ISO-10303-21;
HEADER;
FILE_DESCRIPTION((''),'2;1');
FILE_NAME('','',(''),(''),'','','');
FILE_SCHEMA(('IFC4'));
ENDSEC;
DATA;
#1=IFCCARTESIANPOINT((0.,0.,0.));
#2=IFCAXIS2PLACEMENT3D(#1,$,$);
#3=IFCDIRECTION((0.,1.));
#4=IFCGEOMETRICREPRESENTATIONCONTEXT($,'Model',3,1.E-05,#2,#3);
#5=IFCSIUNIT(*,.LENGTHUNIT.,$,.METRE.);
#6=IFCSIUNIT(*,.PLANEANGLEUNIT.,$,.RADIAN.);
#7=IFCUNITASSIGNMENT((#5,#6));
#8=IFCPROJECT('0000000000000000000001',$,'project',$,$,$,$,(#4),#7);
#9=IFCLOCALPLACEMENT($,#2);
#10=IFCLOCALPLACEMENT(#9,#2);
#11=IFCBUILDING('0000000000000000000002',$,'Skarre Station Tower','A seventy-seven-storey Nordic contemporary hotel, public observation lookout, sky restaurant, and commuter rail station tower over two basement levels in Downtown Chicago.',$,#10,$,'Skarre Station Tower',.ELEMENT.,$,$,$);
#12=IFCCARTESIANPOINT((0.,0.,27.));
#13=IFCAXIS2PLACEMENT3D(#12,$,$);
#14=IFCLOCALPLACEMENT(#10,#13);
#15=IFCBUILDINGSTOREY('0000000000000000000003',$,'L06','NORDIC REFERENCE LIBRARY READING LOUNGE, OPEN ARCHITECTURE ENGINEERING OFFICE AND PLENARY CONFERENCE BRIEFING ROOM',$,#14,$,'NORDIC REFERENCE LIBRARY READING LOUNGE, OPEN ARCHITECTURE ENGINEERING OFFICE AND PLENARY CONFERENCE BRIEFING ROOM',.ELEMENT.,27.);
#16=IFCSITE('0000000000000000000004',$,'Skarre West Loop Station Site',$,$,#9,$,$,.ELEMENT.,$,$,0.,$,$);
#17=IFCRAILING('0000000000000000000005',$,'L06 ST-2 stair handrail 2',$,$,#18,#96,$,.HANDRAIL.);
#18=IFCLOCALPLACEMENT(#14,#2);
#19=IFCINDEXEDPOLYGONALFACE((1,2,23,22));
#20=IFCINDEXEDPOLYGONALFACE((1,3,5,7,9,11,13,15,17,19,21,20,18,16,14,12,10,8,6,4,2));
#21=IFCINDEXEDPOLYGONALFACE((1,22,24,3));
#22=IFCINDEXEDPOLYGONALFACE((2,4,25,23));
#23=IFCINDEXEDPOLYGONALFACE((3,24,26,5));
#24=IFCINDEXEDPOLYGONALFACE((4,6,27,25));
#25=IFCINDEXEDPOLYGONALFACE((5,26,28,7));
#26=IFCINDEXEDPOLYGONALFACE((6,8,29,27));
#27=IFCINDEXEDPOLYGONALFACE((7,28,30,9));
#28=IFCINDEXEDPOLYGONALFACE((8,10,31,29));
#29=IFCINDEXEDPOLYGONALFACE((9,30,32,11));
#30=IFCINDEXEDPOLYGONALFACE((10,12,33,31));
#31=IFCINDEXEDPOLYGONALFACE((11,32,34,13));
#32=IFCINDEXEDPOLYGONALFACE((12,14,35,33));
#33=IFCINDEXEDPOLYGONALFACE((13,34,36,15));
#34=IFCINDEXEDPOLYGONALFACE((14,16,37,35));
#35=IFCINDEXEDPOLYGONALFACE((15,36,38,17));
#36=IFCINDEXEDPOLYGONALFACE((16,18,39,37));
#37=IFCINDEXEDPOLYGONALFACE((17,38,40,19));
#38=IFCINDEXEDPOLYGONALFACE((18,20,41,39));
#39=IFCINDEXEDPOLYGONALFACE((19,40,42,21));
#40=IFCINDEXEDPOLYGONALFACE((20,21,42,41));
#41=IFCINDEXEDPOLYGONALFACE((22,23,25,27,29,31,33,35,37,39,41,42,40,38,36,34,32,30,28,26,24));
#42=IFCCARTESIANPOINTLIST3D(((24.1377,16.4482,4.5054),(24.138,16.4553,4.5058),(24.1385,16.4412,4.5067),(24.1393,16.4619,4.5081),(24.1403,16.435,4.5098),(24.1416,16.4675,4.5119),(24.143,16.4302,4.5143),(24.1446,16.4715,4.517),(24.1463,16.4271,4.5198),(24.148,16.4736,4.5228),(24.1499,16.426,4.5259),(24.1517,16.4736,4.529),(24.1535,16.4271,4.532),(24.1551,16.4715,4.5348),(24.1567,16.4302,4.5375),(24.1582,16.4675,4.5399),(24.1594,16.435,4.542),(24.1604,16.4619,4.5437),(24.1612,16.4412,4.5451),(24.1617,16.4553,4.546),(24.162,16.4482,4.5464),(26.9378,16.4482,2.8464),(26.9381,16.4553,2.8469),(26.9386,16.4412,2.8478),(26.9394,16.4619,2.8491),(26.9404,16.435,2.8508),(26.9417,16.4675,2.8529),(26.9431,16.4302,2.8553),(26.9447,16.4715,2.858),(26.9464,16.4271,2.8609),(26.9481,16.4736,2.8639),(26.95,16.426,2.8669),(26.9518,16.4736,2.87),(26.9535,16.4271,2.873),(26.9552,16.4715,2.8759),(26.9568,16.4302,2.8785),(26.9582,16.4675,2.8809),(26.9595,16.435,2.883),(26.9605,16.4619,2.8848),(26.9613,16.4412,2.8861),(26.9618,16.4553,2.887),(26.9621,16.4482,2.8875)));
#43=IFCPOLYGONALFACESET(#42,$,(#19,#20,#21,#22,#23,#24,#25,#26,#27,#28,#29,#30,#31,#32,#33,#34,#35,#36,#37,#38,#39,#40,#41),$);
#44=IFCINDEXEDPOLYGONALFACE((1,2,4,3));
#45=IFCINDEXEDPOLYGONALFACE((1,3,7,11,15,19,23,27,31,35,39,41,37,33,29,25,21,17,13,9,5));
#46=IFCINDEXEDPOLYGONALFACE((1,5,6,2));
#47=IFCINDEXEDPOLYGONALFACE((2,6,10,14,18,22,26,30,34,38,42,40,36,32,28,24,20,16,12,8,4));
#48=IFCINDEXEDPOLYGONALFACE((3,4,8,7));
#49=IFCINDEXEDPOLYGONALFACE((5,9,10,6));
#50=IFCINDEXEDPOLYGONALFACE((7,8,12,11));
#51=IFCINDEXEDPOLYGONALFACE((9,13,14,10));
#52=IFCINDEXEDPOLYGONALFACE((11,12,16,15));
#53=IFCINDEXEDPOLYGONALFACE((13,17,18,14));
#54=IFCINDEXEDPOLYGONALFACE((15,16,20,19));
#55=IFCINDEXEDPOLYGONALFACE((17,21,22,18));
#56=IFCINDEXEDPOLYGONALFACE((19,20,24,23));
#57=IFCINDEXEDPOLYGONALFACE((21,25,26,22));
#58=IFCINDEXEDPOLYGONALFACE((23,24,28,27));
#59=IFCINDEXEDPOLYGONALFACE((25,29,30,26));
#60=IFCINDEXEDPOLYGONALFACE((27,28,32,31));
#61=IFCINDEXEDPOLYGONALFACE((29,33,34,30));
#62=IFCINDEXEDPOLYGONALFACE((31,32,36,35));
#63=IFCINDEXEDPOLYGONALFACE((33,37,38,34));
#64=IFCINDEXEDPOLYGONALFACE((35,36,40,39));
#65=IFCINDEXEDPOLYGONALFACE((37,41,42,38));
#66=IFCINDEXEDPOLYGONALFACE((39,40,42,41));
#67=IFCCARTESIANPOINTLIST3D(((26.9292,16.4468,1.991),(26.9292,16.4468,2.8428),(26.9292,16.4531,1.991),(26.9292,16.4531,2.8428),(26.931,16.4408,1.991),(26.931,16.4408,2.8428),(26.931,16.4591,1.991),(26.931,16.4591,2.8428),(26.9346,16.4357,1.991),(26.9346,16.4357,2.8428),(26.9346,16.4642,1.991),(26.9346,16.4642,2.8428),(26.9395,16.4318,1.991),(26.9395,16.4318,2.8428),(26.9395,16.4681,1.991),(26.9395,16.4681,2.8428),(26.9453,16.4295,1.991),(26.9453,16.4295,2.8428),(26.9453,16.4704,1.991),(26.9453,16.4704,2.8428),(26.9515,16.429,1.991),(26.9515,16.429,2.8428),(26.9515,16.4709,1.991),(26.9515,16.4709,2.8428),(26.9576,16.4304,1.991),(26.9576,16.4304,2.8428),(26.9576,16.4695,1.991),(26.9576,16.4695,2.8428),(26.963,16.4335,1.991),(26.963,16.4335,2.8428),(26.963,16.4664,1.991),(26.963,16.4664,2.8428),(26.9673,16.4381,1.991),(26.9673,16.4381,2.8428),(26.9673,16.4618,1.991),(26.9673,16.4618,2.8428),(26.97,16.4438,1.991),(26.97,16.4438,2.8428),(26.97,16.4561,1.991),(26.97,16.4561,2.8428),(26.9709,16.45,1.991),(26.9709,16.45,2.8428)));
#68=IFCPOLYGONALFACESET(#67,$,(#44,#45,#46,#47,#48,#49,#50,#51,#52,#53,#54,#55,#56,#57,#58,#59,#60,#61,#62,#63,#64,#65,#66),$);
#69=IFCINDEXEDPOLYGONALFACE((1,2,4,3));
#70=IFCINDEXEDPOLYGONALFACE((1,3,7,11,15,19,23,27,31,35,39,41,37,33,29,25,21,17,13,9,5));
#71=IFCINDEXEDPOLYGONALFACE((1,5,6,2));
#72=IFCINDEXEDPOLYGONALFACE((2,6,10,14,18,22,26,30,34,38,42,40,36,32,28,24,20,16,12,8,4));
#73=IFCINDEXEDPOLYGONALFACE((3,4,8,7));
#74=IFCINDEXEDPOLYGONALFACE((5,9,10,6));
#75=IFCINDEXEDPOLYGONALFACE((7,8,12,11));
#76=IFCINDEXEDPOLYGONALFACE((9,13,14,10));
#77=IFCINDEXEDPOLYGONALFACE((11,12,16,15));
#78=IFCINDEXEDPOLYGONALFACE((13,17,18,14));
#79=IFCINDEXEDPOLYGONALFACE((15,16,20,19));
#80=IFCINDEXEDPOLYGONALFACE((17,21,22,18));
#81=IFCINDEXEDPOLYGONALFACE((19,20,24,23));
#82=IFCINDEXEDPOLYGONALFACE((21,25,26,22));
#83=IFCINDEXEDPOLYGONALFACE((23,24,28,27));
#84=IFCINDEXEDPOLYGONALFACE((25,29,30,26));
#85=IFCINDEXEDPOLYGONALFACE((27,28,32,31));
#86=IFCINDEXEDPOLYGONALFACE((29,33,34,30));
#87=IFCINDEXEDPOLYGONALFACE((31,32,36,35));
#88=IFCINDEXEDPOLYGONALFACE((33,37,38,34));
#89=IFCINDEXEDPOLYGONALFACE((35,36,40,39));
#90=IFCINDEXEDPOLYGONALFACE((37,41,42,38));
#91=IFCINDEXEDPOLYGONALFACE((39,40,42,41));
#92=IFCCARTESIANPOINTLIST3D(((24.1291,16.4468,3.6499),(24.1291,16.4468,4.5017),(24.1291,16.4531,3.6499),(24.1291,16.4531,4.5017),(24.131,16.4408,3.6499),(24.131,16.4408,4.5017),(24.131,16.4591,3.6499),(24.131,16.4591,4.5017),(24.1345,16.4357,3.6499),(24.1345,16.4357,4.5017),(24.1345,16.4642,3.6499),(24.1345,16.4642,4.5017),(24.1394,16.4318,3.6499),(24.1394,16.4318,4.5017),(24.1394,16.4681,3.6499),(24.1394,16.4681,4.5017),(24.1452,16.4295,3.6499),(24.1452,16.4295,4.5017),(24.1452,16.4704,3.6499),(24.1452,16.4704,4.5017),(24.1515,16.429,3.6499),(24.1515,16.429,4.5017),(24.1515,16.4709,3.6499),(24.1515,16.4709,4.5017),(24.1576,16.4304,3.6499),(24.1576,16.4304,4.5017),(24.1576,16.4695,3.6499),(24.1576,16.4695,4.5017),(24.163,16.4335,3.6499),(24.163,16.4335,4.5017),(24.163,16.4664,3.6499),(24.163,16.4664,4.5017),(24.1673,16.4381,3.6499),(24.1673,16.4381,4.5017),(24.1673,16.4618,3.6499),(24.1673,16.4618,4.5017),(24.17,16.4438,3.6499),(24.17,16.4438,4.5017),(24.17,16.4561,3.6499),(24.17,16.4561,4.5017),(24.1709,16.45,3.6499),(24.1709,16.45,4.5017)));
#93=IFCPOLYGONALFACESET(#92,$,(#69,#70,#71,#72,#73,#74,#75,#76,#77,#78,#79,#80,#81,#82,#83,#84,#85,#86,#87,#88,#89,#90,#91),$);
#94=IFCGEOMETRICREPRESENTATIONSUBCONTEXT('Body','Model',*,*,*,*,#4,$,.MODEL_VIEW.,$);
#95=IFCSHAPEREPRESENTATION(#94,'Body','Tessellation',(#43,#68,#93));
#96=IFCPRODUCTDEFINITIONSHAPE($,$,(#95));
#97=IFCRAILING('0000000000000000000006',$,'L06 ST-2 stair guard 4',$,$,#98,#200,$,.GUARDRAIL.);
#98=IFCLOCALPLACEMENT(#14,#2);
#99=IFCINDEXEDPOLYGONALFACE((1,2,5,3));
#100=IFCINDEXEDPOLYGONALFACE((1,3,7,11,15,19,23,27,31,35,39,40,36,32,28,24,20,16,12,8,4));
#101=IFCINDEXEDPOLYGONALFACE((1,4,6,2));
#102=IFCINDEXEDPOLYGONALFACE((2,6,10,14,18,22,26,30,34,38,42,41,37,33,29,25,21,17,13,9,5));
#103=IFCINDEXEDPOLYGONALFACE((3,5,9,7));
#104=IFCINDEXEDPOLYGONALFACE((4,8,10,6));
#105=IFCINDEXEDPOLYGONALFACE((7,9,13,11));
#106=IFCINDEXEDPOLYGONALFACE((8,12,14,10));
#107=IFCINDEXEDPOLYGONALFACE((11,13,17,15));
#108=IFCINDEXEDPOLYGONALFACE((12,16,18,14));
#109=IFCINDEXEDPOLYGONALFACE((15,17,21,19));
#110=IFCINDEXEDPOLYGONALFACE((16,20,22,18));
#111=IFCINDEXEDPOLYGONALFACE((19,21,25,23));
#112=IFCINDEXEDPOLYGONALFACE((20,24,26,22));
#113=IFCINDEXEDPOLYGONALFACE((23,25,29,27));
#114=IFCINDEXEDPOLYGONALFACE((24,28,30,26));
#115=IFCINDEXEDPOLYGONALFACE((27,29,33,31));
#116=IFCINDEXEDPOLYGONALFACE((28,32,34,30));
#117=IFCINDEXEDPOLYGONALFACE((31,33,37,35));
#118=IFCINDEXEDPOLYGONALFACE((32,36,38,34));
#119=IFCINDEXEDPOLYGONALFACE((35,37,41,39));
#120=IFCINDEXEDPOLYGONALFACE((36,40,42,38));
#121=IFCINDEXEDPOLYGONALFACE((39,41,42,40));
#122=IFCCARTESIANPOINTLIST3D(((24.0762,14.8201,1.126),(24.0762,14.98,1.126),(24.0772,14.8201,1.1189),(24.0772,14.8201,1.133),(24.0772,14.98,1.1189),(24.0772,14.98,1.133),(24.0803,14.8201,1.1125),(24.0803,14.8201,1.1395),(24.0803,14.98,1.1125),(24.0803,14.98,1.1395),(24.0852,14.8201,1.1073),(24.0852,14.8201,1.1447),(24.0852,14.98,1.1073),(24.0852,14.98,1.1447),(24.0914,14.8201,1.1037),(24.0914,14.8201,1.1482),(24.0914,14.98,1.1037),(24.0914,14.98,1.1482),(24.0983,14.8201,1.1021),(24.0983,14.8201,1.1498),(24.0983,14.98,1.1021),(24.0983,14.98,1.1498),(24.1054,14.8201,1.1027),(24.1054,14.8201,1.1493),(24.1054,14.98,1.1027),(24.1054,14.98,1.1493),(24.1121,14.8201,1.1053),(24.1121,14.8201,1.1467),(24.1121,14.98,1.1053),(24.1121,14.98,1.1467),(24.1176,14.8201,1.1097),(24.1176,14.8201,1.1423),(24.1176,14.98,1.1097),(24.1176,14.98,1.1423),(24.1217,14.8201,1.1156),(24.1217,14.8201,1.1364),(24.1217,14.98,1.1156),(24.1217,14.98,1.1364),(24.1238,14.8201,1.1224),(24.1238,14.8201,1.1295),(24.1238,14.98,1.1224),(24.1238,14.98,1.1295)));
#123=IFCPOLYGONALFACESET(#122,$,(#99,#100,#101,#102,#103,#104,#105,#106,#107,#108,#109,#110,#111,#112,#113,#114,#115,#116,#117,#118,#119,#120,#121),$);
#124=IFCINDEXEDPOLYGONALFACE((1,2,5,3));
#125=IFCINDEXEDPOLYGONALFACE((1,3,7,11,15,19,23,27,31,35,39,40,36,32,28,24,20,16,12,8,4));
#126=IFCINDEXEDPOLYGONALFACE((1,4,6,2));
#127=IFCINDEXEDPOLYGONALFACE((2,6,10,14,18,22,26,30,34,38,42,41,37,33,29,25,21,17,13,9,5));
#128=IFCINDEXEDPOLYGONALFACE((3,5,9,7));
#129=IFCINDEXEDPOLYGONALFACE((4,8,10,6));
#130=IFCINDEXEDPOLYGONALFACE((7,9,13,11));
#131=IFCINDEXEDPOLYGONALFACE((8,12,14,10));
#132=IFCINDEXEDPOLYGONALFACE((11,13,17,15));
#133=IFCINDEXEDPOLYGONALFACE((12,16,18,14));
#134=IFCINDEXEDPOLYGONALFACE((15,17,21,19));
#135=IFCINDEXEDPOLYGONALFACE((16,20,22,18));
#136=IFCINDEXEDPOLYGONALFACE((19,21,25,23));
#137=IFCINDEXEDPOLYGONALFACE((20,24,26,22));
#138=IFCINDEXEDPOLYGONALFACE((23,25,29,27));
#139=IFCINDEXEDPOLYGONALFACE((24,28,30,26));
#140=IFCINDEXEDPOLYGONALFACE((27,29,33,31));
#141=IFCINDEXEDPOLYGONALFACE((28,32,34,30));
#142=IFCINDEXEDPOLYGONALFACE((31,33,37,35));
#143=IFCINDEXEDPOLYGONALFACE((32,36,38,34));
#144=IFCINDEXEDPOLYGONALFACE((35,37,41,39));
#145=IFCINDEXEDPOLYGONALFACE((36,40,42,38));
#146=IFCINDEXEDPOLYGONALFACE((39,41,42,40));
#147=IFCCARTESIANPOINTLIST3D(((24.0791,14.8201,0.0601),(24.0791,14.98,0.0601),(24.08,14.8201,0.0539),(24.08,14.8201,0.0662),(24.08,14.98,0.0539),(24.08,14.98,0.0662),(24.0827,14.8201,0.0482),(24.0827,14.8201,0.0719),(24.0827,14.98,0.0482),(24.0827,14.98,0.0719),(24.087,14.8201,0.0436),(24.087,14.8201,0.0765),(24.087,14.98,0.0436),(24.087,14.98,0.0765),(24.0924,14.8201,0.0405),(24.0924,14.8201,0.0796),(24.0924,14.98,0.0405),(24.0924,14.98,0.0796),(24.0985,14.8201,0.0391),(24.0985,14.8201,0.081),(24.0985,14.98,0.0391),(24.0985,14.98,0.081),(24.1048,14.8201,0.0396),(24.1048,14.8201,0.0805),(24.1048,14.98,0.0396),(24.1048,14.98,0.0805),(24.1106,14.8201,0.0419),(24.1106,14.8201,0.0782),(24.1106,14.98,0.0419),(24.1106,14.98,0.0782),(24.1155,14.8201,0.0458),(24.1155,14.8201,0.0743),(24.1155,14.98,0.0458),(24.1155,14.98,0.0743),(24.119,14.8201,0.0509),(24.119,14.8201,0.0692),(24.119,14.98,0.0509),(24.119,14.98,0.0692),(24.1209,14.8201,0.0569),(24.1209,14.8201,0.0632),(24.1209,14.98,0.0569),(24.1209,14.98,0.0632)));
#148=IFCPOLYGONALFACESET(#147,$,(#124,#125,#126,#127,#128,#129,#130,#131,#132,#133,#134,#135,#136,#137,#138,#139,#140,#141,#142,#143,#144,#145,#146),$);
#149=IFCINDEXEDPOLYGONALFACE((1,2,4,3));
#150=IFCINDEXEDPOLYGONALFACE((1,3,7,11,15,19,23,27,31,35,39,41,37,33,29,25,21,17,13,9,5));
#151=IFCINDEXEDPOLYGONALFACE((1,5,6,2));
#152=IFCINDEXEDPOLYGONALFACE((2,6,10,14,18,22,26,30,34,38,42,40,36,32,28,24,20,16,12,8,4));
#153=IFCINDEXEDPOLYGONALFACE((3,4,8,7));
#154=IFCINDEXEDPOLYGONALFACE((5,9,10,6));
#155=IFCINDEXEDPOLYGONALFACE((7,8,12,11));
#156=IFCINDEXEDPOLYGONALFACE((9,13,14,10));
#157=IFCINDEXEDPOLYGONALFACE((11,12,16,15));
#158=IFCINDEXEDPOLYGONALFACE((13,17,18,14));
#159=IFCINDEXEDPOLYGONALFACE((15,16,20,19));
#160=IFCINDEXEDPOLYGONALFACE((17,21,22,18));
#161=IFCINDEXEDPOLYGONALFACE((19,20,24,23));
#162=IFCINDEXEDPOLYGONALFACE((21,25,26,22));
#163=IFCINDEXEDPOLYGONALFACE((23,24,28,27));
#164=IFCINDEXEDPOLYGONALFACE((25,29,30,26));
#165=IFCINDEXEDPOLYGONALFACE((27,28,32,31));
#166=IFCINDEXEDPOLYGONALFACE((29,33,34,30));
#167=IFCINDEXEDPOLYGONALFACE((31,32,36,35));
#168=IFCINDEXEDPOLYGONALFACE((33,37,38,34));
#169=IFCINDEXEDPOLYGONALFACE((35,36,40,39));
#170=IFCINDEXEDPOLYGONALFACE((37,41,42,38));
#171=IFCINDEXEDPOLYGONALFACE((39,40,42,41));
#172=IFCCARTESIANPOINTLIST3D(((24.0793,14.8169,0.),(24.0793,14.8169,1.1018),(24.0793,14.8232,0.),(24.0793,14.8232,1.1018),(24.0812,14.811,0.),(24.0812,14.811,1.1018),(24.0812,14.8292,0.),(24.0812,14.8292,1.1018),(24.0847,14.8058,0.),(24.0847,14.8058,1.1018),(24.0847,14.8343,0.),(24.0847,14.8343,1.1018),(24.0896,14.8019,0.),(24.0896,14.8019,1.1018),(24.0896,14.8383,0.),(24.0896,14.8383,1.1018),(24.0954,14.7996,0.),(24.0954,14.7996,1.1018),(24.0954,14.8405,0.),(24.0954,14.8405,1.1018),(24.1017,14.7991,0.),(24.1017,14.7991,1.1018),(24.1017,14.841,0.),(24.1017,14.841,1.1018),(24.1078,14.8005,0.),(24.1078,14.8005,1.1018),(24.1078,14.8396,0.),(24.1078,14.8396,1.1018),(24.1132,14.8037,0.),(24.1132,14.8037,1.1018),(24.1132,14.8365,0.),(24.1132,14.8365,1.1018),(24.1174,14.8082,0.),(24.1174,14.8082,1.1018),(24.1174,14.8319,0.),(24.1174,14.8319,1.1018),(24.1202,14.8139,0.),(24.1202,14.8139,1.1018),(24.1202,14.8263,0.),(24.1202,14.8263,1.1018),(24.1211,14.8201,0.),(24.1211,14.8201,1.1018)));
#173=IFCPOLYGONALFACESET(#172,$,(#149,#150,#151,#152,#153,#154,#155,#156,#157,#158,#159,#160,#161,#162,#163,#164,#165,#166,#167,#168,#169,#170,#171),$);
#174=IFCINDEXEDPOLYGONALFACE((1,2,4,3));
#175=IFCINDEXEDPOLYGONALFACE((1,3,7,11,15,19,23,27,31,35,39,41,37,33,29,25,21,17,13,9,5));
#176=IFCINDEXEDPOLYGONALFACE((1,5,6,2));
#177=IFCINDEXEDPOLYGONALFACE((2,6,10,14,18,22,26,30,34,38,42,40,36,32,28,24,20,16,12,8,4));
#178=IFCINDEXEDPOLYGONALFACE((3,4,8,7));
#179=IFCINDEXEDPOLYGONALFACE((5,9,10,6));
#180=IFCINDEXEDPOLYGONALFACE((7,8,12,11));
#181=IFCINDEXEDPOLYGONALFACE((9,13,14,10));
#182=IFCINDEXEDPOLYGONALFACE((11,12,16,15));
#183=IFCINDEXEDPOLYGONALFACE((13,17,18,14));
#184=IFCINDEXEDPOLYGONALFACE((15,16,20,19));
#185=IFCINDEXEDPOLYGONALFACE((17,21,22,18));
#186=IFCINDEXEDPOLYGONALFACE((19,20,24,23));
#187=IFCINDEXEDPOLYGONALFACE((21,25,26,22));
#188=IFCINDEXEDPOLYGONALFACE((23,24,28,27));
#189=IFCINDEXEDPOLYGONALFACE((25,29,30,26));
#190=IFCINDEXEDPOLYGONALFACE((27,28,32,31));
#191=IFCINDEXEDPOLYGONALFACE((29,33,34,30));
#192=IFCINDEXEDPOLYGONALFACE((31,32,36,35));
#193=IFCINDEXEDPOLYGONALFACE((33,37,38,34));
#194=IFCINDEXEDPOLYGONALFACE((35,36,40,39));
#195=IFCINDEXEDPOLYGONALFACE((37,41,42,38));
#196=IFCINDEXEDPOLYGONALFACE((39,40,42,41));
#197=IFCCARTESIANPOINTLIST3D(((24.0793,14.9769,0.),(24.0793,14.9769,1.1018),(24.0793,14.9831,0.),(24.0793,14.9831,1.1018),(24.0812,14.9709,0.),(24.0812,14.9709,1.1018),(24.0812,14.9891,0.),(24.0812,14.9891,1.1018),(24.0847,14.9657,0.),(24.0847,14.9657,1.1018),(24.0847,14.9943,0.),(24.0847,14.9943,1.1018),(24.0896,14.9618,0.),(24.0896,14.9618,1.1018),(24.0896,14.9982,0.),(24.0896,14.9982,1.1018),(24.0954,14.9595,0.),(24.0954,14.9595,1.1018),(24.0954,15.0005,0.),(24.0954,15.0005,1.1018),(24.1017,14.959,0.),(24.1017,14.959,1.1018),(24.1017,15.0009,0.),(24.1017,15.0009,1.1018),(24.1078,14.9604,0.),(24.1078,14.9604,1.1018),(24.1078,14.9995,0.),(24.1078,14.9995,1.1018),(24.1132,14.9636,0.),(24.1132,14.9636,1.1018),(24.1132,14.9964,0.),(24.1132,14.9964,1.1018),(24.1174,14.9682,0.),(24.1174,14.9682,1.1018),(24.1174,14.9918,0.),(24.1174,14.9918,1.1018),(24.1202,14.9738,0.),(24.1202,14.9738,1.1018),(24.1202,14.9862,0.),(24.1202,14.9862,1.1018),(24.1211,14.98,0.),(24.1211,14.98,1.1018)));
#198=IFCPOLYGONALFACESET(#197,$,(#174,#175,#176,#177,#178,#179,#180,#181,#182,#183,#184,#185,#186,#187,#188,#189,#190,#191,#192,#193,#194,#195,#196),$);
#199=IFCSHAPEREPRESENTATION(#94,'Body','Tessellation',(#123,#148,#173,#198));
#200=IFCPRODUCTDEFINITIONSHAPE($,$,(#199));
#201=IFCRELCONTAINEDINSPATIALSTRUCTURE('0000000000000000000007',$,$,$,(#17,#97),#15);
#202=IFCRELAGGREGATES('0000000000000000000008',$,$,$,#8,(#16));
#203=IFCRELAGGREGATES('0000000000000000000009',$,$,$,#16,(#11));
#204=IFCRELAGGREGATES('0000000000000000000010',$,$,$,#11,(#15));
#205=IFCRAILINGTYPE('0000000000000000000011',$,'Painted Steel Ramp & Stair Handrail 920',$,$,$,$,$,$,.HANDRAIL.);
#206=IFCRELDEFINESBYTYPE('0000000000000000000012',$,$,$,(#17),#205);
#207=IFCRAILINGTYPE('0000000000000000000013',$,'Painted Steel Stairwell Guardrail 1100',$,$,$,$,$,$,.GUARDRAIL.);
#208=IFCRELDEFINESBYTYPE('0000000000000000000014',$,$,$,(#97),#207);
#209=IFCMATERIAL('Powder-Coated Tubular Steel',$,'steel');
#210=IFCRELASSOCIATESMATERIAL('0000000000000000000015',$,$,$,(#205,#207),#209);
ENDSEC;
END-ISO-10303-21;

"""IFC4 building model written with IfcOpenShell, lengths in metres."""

from ifc_helpers import new_model, si_unit, direction, frame, origin, origin_2d, place, context, subcontext, project, spatial, circle, extrude, material, type_object, element, save


model = new_model("IFC4")

# Units and contexts
model_context = context("Model", 3, precision=1e-05, world=origin(), true_north=direction((0.0, 1.0)))
body_context = subcontext(model_context, "Body", "Model", "MODEL_VIEW")
ifc_project = project(units=[si_unit("LENGTHUNIT", "METRE"), si_unit("PLANEANGLEUNIT", "RADIAN")], contexts=[model_context])

# Site, building, storey
site_placement = place(None, origin())
site = spatial("IfcSite", under=ifc_project, at=site_placement, Name="Skarre West Loop Station Site", CompositionType="ELEMENT", RefElevation=0.0)
building_placement = place(site_placement, origin())
building = spatial("IfcBuilding", under=site, at=building_placement, Name="Skarre Station Tower", Description="A seventy-seven-storey Nordic contemporary hotel, public observation lookout, sky restaurant, and commuter rail station tower over two basement levels in Downtown Chicago.", LongName="Skarre Station Tower", CompositionType="ELEMENT")
storey_placement = place(building_placement, frame((0.0, 0.0, 27.0)))
storey = spatial("IfcBuildingStorey", under=building, at=storey_placement, Name="L06", Description="NORDIC REFERENCE LIBRARY READING LOUNGE, OPEN ARCHITECTURE ENGINEERING OFFICE AND PLENARY CONFERENCE BRIEFING ROOM", LongName="NORDIC REFERENCE LIBRARY READING LOUNGE, OPEN ARCHITECTURE ENGINEERING OFFICE AND PLENARY CONFERENCE BRIEFING ROOM", CompositionType="ELEMENT", Elevation=27.0)

# Railings
ifc_material_1 = material(Name="Powder-Coated Tubular Steel", Category="steel")
railing_type_1 = type_object("IfcRailingType", Name="Painted Steel Ramp & Stair Handrail 920", PredefinedType="HANDRAIL", material=ifc_material_1)
railing_1_placement = place(storey_placement, frame((26.95, 16.45, 1.991)))
element("IfcRailing", 1, at=railing_1_placement, inside=storey, type_object=railing_type_1, Name="L06 ST-2 stair handrail 2", PredefinedType="HANDRAIL", context=body_context, shape_type="SweptSolid", body=[
    extrude(circle(Radius=0.0239, at=origin_2d()), frame((0.0, 0.0, 0.876), z_axis=(-0.860339, 0.0, 0.509722), x_axis=(0.0, -1.0, 0.0)), (0.0, 0.0, 1.0), 3.2546),
    extrude(circle(Radius=0.021, at=origin_2d()), origin(), (0.0, 0.0, 1.0), 0.8518),
    extrude(circle(Radius=0.021, at=origin_2d()), frame((-2.8, 0.0, 1.6589)), (0.0, 0.0, 1.0), 0.8518),
])
railing_type_2 = type_object("IfcRailingType", Name="Painted Steel Stairwell Guardrail 1100", PredefinedType="GUARDRAIL", material=ifc_material_1)
railing_2_placement = place(storey_placement, frame((24.1001, 14.8201, 0.0)))
element("IfcRailing", 2, at=railing_2_placement, inside=storey, type_object=railing_type_2, Name="L06 ST-2 stair guard 4", PredefinedType="GUARDRAIL", context=body_context, shape_type="SweptSolid", body=[
    extrude(circle(Radius=0.0239, at=origin_2d()), frame((0.0, 0.0, 1.126), z_axis=(0.0, 1.0, 0.0), x_axis=(-1.0, 0.0, 0.0)), (0.0, 0.0, 1.0), 0.1599),
    extrude(circle(Radius=0.021, at=origin_2d()), frame((0.0, 0.0, 0.0601), z_axis=(0.0, 1.0, 0.0), x_axis=(-1.0, 0.0, 0.0)), (0.0, 0.0, 1.0), 0.1599),
    extrude(circle(Radius=0.021, at=origin_2d()), origin(), (0.0, 0.0, 1.0), 1.1018),
    extrude(circle(Radius=0.021, at=origin_2d()), frame((0.0, 0.1599, 0.0)), (0.0, 0.0, 1.0), 1.1018),
])

save(model, "model.ifc")
